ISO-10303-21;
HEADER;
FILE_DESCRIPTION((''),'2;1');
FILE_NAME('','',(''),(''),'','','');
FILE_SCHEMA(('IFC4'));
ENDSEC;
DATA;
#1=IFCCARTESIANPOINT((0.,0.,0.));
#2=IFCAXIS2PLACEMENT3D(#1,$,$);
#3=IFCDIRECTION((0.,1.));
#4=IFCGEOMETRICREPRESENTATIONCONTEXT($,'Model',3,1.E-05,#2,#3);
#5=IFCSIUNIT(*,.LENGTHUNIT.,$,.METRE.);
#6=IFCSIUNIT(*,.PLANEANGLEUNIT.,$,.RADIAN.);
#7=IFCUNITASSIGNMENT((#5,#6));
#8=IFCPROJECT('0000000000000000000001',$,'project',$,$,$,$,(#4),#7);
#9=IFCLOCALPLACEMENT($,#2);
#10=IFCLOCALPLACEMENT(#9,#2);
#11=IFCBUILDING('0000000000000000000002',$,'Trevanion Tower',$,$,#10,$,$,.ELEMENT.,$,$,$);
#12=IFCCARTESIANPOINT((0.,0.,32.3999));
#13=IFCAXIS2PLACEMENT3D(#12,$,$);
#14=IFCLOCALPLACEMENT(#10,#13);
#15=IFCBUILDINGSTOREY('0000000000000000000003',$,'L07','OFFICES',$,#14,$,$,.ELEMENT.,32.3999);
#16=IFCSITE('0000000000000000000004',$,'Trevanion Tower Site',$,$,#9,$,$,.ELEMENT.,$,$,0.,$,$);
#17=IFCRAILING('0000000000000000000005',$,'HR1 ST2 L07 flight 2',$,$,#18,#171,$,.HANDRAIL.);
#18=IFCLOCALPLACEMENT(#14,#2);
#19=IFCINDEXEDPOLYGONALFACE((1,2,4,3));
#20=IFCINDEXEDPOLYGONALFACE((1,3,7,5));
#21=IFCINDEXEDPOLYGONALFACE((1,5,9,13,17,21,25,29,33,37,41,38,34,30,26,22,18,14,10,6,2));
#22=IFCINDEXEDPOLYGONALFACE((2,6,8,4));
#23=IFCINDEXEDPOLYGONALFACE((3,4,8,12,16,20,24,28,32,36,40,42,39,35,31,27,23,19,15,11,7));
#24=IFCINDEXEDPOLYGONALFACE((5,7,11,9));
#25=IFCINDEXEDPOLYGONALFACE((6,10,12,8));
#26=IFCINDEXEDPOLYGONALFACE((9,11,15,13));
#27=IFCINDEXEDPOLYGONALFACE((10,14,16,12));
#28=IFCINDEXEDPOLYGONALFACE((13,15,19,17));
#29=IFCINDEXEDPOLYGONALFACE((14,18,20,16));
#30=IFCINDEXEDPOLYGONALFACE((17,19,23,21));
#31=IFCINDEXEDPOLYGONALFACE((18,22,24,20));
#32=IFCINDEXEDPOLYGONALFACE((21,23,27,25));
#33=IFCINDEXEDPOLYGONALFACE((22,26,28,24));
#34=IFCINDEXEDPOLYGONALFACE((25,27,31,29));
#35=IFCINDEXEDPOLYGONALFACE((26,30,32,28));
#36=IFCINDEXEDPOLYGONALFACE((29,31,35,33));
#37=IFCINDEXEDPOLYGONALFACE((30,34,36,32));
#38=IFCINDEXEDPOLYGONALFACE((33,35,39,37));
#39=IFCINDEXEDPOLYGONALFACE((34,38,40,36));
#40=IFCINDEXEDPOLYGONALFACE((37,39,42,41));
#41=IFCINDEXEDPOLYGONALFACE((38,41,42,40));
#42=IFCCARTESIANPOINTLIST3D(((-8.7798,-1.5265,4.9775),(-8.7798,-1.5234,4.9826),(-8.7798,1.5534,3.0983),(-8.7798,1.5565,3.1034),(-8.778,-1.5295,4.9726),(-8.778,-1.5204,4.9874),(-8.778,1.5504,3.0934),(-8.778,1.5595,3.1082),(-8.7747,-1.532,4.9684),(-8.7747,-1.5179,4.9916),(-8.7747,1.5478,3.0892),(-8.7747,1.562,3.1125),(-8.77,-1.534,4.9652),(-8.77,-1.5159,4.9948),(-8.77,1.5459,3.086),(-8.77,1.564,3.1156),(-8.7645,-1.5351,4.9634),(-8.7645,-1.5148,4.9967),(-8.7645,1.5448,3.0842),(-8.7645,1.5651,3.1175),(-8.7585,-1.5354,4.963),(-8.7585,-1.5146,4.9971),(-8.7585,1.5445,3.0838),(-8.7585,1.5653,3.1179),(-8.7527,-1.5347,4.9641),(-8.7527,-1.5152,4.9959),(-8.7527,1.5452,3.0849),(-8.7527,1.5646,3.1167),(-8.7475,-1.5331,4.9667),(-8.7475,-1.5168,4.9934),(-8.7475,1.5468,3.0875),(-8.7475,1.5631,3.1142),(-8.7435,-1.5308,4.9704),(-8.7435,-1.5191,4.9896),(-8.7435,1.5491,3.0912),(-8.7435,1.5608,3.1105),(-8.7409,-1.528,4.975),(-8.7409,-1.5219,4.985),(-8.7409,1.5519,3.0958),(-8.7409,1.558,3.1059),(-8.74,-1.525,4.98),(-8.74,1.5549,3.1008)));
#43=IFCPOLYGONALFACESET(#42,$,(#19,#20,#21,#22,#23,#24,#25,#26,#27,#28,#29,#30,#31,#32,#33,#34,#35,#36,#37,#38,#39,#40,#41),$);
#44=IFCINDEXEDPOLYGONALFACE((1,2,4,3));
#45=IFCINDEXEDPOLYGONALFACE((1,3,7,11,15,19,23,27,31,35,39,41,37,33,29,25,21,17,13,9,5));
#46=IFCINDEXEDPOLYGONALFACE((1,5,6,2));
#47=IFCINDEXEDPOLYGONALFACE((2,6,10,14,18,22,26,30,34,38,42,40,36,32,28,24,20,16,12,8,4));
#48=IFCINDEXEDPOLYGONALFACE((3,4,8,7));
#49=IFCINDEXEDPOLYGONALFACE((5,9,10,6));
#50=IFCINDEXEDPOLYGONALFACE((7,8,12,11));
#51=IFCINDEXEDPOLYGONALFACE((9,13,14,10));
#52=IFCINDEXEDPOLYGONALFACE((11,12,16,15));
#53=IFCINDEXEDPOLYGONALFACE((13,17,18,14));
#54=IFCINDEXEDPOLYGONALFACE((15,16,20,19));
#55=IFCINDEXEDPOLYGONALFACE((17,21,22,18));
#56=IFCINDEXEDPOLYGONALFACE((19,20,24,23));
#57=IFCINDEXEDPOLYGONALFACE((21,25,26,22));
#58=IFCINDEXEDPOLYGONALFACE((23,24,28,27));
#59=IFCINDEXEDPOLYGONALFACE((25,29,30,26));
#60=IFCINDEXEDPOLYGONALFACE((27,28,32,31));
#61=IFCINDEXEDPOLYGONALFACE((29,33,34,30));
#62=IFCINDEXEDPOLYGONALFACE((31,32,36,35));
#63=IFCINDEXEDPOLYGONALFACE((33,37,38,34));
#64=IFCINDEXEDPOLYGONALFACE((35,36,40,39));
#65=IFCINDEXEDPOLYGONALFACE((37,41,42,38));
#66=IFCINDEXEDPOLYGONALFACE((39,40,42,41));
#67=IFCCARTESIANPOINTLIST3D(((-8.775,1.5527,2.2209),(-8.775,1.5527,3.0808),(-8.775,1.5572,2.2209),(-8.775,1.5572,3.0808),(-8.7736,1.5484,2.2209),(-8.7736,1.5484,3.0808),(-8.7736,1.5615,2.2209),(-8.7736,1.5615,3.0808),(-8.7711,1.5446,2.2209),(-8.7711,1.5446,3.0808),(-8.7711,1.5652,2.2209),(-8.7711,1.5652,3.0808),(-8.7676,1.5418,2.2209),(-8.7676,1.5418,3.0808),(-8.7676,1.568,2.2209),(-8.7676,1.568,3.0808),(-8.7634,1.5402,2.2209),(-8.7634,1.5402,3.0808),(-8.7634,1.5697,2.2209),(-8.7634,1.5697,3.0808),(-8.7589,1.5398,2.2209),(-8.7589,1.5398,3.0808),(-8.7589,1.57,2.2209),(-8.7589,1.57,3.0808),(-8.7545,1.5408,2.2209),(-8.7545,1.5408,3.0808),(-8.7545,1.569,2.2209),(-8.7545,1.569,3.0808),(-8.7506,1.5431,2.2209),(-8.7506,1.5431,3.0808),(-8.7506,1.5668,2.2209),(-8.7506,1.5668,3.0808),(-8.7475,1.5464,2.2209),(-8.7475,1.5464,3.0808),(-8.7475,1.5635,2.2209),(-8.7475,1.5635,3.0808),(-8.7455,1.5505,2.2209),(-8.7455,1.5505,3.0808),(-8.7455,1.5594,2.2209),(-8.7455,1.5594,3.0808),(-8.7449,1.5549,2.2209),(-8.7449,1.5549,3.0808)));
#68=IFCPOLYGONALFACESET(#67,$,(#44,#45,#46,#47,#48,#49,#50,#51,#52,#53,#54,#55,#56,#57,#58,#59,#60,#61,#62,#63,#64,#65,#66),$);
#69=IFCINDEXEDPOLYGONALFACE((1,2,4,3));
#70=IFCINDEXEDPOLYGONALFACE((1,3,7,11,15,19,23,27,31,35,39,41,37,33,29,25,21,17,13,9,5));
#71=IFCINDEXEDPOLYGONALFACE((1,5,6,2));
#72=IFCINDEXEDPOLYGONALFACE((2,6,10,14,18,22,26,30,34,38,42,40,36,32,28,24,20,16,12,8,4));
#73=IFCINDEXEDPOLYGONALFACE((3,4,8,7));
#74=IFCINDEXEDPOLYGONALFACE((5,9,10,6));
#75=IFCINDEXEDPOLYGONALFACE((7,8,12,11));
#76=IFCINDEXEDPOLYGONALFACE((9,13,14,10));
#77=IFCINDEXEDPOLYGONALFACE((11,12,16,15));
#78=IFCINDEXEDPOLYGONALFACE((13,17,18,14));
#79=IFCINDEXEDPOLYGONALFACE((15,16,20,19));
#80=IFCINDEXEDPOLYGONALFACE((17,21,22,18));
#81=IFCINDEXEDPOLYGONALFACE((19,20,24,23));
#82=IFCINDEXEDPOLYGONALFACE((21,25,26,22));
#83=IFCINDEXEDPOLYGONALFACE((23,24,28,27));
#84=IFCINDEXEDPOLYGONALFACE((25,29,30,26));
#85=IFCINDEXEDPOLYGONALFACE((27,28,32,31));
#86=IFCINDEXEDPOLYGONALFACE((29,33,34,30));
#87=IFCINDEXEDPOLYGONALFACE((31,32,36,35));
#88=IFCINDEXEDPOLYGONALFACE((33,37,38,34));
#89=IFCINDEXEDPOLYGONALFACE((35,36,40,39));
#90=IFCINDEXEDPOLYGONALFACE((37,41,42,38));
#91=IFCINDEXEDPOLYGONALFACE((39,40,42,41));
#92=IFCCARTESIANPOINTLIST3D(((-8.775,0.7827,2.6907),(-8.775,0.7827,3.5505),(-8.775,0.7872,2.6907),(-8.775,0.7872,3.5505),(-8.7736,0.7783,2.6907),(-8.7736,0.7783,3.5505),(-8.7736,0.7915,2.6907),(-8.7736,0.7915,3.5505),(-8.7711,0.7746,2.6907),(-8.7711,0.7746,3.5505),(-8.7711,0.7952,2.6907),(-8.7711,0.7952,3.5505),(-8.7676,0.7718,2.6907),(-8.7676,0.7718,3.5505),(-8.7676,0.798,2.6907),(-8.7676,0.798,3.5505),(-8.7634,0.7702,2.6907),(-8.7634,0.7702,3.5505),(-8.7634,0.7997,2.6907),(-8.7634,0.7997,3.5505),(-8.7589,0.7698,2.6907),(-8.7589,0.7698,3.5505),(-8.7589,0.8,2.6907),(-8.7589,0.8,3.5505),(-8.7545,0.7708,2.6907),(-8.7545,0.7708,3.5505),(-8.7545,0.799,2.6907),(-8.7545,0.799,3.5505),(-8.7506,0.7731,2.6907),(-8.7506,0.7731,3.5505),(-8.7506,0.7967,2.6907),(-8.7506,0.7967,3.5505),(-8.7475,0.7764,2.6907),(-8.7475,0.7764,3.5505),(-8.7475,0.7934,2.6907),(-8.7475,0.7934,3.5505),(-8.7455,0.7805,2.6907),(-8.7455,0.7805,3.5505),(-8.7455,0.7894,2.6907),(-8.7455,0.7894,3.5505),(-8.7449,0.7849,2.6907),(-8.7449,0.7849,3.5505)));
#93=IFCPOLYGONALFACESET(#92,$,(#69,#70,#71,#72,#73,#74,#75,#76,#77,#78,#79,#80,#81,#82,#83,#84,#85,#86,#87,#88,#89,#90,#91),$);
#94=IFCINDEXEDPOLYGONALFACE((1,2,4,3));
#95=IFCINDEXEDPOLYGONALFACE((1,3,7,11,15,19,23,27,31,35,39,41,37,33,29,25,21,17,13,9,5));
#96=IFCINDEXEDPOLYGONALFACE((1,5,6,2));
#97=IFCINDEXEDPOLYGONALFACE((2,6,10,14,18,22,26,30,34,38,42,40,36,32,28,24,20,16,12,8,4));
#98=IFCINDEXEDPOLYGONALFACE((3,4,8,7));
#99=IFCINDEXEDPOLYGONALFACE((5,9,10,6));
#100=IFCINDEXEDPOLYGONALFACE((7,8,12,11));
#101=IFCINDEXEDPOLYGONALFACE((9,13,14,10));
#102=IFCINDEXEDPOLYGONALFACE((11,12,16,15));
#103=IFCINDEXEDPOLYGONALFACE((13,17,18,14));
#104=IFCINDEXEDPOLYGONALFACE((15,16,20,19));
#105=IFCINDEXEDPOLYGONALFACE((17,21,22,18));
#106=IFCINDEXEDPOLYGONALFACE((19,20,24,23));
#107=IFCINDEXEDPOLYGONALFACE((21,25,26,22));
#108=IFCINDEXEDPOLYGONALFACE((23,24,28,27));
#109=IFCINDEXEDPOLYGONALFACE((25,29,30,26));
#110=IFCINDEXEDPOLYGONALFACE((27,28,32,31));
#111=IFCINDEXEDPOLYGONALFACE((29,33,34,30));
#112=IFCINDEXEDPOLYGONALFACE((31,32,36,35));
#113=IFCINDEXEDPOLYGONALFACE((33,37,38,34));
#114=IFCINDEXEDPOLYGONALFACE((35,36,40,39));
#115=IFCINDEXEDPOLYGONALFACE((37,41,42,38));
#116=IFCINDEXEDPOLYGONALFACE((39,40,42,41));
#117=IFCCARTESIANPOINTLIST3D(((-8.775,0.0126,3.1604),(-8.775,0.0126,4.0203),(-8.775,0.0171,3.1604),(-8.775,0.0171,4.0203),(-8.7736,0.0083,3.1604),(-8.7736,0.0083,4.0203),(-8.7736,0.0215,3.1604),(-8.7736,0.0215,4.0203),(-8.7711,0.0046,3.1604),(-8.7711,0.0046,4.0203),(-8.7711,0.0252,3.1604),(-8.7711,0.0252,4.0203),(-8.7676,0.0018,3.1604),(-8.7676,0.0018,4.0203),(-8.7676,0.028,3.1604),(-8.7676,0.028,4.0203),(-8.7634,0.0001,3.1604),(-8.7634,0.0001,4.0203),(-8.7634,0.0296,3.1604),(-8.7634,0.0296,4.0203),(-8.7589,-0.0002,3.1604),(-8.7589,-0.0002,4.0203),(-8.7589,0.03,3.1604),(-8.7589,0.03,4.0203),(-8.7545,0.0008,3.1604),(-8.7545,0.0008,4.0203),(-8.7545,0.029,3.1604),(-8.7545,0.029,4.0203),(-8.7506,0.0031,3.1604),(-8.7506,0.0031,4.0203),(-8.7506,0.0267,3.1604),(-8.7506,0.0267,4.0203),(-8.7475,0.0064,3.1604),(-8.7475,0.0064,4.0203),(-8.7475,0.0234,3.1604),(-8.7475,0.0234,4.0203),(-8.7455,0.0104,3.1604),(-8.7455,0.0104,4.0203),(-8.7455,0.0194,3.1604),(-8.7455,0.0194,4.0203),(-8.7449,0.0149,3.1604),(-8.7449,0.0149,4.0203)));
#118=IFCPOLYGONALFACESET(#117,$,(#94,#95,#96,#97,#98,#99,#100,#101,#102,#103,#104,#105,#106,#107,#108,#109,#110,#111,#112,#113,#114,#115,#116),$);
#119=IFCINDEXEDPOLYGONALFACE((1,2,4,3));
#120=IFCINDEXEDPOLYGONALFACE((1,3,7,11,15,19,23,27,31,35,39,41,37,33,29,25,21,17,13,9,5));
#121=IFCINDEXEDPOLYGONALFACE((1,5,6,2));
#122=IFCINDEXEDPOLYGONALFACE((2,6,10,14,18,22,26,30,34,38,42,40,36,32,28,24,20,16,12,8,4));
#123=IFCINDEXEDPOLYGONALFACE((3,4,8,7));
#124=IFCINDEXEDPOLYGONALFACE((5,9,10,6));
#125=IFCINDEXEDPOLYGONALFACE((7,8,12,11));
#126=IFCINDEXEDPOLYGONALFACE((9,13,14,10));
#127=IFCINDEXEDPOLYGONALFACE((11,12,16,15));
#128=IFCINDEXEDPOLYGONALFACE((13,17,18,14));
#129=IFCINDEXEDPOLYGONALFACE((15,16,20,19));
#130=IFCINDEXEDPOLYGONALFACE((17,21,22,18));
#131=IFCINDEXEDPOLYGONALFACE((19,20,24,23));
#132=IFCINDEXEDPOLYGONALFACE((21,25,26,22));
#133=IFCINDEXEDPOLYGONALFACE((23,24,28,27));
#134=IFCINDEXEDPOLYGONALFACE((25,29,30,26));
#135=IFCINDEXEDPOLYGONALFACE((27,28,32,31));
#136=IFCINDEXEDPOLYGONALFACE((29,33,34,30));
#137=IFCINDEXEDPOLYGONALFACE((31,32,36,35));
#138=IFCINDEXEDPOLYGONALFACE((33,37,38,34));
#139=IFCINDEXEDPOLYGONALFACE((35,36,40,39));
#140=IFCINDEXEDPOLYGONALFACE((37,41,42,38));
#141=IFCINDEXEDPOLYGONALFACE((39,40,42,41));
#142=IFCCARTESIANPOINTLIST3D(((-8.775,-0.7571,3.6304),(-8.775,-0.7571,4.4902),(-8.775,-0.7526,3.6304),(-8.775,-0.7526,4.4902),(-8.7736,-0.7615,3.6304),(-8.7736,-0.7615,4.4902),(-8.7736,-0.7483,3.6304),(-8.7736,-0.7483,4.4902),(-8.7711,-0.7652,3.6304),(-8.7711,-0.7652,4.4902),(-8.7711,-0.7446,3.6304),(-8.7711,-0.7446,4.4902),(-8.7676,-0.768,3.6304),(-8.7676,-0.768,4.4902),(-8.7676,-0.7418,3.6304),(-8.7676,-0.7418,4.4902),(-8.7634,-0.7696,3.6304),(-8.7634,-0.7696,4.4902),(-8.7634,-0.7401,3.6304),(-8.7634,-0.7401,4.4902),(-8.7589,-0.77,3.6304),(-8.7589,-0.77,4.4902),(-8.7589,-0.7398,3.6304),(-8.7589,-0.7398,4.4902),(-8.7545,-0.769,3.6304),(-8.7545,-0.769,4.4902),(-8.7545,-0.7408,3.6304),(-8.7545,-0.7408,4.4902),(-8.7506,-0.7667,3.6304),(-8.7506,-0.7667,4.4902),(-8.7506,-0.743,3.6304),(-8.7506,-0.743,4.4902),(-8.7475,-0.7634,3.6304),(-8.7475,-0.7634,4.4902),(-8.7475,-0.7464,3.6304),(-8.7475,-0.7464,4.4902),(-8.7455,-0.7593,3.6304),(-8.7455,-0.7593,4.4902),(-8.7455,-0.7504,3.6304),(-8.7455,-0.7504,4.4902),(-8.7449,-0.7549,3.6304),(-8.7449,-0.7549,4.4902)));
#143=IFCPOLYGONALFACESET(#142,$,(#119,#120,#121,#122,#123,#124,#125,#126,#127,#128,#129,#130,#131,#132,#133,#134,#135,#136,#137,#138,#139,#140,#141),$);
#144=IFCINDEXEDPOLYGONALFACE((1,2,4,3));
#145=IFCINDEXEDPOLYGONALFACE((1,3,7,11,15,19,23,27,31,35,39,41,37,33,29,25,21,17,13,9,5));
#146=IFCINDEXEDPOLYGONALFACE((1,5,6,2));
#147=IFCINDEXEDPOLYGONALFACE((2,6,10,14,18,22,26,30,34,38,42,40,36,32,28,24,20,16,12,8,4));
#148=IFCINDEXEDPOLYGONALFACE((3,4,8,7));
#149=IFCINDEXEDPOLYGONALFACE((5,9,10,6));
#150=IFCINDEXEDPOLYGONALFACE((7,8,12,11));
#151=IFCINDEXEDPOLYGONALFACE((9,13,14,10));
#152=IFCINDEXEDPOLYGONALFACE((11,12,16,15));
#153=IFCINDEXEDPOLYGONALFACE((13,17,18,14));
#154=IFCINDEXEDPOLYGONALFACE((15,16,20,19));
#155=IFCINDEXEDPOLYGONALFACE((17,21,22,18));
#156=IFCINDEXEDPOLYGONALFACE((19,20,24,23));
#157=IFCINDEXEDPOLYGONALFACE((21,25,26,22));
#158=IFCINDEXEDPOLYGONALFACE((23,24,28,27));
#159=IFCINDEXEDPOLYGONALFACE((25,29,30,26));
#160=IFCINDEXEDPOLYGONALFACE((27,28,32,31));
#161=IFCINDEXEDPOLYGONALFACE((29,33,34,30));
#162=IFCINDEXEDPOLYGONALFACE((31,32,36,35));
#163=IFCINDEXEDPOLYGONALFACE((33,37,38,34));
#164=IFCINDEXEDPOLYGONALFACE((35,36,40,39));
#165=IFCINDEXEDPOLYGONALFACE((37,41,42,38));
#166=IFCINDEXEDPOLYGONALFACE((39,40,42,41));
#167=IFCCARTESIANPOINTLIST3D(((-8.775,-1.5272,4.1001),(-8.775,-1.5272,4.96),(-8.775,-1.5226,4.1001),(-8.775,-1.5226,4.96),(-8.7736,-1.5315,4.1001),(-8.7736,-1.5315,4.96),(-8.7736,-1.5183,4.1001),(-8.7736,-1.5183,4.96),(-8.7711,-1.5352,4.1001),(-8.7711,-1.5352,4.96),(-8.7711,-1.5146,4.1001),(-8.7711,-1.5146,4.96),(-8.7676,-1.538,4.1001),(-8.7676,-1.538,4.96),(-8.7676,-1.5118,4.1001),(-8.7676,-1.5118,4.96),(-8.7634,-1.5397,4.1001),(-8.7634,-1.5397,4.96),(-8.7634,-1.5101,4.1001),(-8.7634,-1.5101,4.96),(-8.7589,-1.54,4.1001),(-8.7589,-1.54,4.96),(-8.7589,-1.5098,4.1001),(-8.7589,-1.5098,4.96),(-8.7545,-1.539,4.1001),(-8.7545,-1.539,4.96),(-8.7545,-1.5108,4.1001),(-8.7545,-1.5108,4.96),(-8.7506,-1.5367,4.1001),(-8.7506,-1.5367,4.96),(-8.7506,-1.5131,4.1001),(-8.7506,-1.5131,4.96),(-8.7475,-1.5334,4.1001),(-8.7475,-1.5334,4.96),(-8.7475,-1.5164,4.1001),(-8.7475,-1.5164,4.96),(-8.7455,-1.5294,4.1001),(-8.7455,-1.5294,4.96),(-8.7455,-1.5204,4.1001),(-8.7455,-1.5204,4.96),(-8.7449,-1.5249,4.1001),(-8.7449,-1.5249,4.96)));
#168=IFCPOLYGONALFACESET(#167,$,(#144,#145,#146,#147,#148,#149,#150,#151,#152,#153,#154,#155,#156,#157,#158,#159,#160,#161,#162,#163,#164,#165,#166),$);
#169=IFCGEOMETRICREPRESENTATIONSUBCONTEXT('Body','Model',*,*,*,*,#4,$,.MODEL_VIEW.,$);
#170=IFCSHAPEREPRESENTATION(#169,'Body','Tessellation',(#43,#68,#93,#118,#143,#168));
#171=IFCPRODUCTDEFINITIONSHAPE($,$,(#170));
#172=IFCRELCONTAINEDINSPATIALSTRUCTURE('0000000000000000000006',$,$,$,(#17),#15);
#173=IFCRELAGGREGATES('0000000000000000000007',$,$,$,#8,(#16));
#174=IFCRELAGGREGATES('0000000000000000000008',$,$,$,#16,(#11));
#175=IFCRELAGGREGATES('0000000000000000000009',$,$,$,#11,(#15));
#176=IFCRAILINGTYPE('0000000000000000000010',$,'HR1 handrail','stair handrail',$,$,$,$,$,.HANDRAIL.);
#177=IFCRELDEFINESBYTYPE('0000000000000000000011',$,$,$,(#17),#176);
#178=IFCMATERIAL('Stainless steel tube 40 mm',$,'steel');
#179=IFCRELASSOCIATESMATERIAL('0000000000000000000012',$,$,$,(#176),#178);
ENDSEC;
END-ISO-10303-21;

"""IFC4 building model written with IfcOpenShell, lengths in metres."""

from ifc_helpers import new_model, si_unit, direction, frame, origin, origin_2d, place, context, subcontext, project, spatial, circle, extrude, material, type_object, element, save


model = new_model("IFC4")

# Units and contexts
model_context = context("Model", 3, precision=1e-05, world=origin(), true_north=direction((0.0, 1.0)))
body_context = subcontext(model_context, "Body", "Model", "MODEL_VIEW")
ifc_project = project(units=[si_unit("LENGTHUNIT", "METRE"), si_unit("PLANEANGLEUNIT", "RADIAN")], contexts=[model_context])

# Site, building, storey
site_placement = place(None, origin())
site = spatial("IfcSite", under=ifc_project, at=site_placement, Name="Trevanion Tower Site", CompositionType="ELEMENT", RefElevation=0.0)
building_placement = place(site_placement, origin())
building = spatial("IfcBuilding", under=site, at=building_placement, Name="Trevanion Tower", CompositionType="ELEMENT")
storey_placement = place(building_placement, frame((0.0, 0.0, 32.3999)))
storey = spatial("IfcBuildingStorey", under=building, at=storey_placement, Name="L07", Description="OFFICES", CompositionType="ELEMENT", Elevation=32.3999)

# Railing
ifc_material_1 = material(Name="Stainless steel tube 40 mm", Category="steel")
railing_type = type_object("IfcRailingType", Name="HR1 handrail", Description="stair handrail", PredefinedType="HANDRAIL", material=ifc_material_1)
for number, where, name in (
    (1, (-8.76, 1.5549, 2.2209), "HR1 ST2 L07 flight 2"),
):
    element("IfcRailing", number, at=place(storey_placement, frame(where)), inside=storey, type_object=railing_type, Name=name, PredefinedType="HANDRAIL", context=body_context, shape_type="SweptSolid", body=[
        extrude(circle(Radius=0.02, at=origin_2d()), frame((0.0, 0.0, 0.8799), z_axis=(0.0, -0.853648, 0.52085), x_axis=(1.0, 0.0, 0.0)), (0.0, 0.0, 1.0), 3.6079),
        extrude(circle(Radius=0.0151, at=origin_2d()), origin(), (0.0, 0.0, 1.0), 0.8599),
        extrude(circle(Radius=0.0151, at=origin_2d()), frame((0.0, -0.77, 0.4697)), (0.0, 0.0, 1.0), 0.8599),
        extrude(circle(Radius=0.0151, at=origin_2d()), frame((0.0, -1.54, 0.9395)), (0.0, 0.0, 1.0), 0.8599),
        extrude(circle(Radius=0.0151, at=origin_2d()), frame((0.0, -2.3098, 1.4094)), (0.0, 0.0, 1.0), 0.8599),
        extrude(circle(Radius=0.0151, at=origin_2d()), frame((0.0, -3.0798, 1.8792)), (0.0, 0.0, 1.0), 0.8599),
    ])

save(model, "model.ifc")
